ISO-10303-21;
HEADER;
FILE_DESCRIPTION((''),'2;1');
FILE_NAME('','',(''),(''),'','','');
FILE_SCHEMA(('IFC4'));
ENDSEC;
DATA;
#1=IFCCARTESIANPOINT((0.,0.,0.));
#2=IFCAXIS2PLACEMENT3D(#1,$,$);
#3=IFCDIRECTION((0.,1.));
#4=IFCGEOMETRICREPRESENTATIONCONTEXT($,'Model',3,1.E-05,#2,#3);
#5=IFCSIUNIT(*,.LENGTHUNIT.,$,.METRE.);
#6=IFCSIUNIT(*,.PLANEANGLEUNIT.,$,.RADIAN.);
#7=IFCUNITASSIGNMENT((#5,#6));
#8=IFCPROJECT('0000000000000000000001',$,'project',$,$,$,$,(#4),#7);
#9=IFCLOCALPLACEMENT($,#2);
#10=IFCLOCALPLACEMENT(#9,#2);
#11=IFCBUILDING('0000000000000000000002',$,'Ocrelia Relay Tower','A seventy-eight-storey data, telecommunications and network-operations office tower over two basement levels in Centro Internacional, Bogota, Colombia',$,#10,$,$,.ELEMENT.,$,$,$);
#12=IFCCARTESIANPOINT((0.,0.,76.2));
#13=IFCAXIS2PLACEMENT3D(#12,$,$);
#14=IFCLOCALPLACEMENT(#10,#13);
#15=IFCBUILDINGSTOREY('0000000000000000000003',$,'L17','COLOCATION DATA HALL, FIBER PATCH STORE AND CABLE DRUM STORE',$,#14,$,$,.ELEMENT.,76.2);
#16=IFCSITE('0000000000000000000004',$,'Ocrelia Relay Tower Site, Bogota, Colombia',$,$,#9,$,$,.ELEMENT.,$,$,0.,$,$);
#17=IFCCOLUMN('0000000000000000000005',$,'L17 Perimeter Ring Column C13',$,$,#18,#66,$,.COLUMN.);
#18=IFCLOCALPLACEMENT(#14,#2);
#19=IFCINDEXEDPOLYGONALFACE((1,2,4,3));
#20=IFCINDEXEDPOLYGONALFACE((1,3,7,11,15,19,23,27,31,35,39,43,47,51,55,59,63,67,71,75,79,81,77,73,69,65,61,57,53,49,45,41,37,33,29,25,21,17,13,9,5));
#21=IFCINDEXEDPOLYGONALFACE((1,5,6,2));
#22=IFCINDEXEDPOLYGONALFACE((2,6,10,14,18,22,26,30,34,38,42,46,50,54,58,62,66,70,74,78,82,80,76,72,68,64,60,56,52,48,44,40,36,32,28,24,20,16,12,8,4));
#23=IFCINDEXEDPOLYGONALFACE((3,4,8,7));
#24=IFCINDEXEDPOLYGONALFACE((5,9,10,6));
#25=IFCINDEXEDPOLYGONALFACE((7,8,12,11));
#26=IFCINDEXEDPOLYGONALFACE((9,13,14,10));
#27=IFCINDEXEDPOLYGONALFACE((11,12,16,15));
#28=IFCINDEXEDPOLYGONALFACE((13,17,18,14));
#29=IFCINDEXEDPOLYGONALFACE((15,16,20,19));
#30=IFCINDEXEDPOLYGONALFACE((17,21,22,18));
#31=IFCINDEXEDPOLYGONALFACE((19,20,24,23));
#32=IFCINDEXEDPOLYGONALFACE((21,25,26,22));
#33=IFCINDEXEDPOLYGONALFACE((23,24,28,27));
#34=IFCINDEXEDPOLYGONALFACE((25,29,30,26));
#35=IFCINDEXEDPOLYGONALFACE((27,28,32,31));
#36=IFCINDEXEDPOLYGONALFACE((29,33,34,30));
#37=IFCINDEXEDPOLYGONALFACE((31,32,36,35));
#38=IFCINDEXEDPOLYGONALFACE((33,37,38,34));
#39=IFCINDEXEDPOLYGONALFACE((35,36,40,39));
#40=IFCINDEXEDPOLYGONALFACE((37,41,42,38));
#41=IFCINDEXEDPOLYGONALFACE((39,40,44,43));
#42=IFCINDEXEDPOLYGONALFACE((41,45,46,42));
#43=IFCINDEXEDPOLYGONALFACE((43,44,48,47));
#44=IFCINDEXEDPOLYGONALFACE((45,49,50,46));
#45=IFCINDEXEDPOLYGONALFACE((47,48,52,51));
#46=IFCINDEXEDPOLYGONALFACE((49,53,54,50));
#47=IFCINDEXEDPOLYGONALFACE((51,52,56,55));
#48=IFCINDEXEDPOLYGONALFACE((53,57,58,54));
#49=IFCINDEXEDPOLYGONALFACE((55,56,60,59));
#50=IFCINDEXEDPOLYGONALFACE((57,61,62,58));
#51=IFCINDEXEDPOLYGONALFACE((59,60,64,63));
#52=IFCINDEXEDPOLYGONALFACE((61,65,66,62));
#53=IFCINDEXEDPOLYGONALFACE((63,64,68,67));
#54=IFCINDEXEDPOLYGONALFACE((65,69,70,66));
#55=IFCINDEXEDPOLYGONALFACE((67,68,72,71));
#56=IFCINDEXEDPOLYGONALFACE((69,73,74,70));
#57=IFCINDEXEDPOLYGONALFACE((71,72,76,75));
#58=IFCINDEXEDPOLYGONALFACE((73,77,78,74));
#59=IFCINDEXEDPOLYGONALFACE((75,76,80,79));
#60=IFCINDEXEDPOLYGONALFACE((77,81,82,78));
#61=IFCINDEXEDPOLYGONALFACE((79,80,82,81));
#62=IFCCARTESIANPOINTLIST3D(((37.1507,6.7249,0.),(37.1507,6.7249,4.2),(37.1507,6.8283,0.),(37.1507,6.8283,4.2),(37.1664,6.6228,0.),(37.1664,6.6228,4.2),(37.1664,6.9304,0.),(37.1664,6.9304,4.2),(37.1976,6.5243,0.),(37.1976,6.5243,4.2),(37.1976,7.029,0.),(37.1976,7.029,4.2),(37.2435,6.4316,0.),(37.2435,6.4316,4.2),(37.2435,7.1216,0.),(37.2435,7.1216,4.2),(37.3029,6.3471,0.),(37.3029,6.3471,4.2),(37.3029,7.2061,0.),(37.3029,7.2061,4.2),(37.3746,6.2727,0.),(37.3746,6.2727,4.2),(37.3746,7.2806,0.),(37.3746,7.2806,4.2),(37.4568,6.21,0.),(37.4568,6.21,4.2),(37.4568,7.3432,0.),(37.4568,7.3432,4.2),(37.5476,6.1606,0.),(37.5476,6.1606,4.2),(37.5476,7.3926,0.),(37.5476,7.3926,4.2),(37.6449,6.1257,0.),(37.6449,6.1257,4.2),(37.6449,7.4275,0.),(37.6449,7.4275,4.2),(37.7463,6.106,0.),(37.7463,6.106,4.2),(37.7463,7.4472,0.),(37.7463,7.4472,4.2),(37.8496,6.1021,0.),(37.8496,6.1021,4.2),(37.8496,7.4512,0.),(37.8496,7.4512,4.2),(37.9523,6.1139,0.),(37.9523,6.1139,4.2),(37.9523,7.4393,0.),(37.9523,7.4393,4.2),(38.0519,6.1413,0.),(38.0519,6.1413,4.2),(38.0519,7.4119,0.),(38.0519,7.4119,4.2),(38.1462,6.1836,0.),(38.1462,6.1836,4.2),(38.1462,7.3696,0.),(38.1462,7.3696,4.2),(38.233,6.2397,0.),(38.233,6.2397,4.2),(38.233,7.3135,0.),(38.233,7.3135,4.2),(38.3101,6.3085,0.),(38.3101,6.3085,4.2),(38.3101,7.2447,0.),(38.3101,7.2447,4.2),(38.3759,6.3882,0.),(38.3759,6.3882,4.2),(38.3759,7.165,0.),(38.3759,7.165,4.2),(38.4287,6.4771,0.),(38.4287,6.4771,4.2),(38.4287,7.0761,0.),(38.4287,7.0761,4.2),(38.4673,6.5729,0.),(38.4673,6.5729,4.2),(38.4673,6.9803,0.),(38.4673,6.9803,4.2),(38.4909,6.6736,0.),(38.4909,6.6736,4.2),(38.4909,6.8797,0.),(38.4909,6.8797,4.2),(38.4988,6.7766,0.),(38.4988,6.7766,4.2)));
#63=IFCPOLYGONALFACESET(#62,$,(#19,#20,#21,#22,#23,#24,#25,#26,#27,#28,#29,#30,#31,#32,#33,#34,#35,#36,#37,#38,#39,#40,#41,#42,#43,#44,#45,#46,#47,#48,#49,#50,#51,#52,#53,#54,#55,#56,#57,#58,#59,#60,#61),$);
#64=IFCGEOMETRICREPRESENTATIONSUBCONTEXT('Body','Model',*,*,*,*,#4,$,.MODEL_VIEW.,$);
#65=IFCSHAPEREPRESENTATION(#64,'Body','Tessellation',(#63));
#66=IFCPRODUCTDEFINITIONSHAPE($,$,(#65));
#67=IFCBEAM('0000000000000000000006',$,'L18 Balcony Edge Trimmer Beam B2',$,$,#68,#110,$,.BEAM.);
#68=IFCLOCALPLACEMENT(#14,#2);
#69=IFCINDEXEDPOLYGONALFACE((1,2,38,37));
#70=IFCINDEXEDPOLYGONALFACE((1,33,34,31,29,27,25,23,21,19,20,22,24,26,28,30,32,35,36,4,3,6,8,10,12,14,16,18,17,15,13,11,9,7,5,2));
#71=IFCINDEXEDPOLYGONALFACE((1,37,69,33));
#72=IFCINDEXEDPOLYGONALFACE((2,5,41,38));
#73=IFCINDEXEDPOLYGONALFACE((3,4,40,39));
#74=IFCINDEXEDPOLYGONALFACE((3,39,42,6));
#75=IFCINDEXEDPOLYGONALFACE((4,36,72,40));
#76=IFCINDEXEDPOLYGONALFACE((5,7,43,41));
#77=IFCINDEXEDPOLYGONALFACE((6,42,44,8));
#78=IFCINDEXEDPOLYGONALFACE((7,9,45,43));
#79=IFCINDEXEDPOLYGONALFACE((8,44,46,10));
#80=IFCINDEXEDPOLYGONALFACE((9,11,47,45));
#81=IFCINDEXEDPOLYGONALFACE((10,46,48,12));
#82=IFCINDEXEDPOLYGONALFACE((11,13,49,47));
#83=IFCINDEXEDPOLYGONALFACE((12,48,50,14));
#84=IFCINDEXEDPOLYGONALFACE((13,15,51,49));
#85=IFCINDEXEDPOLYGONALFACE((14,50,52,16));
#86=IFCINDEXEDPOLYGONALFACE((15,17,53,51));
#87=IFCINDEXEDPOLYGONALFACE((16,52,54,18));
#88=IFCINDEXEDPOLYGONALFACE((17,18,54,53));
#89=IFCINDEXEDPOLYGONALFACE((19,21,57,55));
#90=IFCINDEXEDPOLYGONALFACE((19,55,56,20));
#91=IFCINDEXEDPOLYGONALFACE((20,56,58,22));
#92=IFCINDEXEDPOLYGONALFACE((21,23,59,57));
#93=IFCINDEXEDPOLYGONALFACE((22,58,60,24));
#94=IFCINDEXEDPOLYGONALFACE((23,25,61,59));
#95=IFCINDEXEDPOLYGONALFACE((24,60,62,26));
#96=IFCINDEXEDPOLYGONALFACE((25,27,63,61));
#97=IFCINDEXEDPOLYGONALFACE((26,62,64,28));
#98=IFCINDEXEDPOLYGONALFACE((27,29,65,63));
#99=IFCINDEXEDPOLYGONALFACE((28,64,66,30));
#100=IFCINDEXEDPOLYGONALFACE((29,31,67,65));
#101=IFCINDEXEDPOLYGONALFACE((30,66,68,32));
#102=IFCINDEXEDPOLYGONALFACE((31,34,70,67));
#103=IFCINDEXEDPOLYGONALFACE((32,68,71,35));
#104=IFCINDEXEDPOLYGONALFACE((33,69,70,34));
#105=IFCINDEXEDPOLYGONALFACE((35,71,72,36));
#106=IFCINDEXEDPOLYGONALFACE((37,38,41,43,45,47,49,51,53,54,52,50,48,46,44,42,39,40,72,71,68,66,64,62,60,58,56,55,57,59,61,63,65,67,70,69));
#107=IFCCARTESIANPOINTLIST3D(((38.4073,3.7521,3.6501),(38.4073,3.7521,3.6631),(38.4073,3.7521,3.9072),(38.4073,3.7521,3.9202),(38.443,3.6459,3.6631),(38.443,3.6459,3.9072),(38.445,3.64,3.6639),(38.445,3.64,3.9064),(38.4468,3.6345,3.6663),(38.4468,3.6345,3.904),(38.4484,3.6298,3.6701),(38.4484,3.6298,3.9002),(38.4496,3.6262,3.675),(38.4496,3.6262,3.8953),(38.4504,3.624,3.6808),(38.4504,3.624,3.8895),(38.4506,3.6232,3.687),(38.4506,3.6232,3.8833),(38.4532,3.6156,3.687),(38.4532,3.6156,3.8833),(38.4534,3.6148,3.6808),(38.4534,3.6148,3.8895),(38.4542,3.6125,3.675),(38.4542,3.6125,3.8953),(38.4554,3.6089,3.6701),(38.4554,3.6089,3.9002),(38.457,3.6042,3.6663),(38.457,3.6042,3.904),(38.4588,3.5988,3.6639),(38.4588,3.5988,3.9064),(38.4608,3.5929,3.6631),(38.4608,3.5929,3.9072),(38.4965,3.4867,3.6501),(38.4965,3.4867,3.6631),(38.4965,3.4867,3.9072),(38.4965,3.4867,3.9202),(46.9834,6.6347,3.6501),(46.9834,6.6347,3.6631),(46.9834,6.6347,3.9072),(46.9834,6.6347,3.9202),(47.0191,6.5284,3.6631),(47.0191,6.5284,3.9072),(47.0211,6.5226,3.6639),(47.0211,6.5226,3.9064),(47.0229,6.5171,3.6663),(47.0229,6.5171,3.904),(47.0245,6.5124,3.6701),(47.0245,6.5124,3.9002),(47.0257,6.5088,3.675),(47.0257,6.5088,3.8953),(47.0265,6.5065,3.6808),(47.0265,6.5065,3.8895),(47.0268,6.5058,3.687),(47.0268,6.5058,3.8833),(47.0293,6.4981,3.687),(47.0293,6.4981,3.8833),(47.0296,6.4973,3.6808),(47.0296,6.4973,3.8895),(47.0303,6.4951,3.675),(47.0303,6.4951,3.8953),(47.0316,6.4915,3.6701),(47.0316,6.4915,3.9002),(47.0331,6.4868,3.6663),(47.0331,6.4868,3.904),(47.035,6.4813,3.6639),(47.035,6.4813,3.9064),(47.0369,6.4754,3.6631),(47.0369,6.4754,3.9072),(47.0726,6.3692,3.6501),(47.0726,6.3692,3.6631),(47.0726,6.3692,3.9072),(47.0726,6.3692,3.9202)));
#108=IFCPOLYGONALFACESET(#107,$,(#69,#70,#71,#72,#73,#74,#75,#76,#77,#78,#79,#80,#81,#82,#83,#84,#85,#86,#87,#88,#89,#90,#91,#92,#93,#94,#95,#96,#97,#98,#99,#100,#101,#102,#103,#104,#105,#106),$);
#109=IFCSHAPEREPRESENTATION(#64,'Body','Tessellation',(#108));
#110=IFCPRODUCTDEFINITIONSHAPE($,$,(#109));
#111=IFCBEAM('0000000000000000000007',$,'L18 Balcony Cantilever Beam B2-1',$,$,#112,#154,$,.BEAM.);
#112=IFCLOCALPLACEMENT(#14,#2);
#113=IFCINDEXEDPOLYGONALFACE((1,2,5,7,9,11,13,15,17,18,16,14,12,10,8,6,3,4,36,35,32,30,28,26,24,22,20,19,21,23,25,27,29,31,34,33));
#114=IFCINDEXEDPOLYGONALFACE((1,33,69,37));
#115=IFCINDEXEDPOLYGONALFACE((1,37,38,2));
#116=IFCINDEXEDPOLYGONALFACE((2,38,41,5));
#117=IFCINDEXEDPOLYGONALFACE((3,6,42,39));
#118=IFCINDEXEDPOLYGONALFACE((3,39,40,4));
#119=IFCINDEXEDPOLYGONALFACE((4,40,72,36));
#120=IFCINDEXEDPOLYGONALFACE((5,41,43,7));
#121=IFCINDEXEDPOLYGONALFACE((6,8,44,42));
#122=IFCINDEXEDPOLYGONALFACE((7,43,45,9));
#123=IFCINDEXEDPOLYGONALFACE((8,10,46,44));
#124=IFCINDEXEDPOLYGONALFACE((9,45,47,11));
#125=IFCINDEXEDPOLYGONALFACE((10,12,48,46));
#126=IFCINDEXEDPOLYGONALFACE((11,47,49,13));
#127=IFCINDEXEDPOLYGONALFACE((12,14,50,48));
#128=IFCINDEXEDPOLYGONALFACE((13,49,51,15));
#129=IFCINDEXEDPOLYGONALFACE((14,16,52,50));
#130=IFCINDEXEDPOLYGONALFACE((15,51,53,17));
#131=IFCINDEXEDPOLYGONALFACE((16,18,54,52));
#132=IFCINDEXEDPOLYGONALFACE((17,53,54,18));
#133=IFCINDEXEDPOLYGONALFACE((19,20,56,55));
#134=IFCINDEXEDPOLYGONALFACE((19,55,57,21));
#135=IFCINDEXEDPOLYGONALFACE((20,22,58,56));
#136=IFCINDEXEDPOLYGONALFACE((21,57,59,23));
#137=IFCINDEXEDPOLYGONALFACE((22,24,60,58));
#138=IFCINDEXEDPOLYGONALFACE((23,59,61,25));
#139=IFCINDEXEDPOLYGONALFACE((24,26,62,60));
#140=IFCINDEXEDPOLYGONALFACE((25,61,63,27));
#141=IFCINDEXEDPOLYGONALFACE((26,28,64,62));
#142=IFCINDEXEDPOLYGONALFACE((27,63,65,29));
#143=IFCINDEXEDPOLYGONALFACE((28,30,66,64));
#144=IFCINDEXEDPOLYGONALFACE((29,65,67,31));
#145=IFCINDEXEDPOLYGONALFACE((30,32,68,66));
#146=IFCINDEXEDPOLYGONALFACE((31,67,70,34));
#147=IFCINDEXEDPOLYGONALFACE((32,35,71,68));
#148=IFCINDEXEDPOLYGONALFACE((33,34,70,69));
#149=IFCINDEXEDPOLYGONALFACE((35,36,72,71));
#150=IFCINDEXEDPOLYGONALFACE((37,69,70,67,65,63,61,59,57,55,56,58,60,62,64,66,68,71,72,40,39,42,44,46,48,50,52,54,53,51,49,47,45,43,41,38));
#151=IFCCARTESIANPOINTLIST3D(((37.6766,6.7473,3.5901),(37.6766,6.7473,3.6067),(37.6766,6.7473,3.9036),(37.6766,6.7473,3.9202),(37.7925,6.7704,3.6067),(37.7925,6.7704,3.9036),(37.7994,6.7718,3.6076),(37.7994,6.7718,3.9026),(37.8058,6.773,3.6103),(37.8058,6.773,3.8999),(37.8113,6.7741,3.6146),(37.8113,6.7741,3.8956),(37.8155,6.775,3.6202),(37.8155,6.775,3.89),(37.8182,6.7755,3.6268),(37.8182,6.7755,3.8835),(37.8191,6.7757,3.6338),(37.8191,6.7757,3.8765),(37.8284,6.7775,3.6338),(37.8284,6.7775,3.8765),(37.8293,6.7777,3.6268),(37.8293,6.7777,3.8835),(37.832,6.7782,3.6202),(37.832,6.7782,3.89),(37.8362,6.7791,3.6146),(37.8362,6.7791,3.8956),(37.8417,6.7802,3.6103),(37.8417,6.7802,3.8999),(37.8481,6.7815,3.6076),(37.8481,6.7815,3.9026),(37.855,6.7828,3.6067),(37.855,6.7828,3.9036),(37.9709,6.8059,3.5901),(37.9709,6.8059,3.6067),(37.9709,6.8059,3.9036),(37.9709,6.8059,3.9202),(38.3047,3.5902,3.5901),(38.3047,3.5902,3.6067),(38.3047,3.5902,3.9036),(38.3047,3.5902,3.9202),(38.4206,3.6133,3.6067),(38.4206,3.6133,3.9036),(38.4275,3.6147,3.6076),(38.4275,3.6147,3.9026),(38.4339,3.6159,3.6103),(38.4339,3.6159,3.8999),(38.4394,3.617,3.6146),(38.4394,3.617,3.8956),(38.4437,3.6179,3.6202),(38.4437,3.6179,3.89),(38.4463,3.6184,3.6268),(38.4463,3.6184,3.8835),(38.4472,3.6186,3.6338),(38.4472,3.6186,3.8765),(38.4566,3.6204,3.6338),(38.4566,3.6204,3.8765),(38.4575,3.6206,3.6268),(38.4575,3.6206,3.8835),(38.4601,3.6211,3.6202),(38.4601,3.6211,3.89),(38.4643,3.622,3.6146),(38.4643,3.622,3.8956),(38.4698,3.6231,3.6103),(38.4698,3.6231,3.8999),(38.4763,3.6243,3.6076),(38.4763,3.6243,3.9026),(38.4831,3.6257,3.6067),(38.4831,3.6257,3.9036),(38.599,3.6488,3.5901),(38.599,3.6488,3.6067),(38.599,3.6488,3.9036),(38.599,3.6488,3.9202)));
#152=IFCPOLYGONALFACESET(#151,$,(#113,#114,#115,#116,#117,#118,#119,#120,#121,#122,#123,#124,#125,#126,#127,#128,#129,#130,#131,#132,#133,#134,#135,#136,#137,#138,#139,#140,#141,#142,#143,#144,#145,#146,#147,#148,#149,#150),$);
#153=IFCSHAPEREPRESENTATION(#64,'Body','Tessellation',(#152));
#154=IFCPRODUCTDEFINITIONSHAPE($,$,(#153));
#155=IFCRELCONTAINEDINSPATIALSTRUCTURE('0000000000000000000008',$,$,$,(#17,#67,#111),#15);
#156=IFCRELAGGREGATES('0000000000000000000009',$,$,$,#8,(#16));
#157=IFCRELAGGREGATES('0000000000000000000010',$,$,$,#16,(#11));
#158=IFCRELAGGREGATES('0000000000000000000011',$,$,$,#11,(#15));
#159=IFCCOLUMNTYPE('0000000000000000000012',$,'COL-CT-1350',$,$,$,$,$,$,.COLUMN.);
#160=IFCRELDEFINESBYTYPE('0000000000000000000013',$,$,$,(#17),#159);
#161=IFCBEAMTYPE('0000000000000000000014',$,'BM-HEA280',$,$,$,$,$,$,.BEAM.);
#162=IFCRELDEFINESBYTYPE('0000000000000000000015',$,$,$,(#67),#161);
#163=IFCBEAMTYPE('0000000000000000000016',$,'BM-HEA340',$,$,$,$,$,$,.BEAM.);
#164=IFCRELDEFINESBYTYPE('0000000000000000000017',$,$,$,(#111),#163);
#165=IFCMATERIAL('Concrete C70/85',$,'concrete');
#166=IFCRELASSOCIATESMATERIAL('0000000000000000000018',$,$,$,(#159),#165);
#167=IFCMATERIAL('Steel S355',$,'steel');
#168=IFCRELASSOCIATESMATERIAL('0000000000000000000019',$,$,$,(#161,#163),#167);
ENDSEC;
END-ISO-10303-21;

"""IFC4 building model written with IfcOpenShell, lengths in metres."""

from ifc_helpers import new_model, si_unit, direction, frame, origin, origin_2d, place, context, subcontext, project, spatial, circle, i_section, extrude, material, material_profile, profile_set, type_object, element, save


model = new_model("IFC4")

# Units and contexts
model_context = context("Model", 3, precision=1e-05, world=origin(), true_north=direction((0.0, 1.0)))
body_context = subcontext(model_context, "Body", "Model", "MODEL_VIEW")
ifc_project = project(units=[si_unit("LENGTHUNIT", "METRE"), si_unit("PLANEANGLEUNIT", "RADIAN")], contexts=[model_context])

# Site, building, storey
site_placement = place(None, origin())
site = spatial("IfcSite", under=ifc_project, at=site_placement, Name="Ocrelia Relay Tower Site, Bogota, Colombia", CompositionType="ELEMENT", RefElevation=0.0)
building_placement = place(site_placement, origin())
building = spatial("IfcBuilding", under=site, at=building_placement, Name="Ocrelia Relay Tower", Description="A seventy-eight-storey data, telecommunications and network-operations office tower over two basement levels in Centro Internacional, Bogota, Colombia", CompositionType="ELEMENT")
storey_placement = place(building_placement, frame((0.0, 0.0, 76.2)))
storey = spatial("IfcBuildingStorey", under=building, at=storey_placement, Name="L17", Description="COLOCATION DATA HALL, FIBER PATCH STORE AND CABLE DRUM STORE", CompositionType="ELEMENT", Elevation=76.2)

# Column
ifc_material_1 = material(Name="Concrete C70/85", Category="concrete")
ifc_material_profile_1 = material_profile(ifc_material_1, circle(Radius=0.675, at=origin_2d()), Name="RC-CIR-1350")
ifc_profile_set_1 = profile_set([ifc_material_profile_1], Name="Concrete C70/85")
column_type = type_object("IfcColumnType", Name="COL-CT-1350", PredefinedType="COLUMN", material=ifc_profile_set_1)
column_placement = place(storey_placement, frame((37.8237, 6.7766, 0.0), z_axis=(0.0, 0.0, 1.0), x_axis=(1.0, 0.0, 0.0)))
element("IfcColumn", 1, at=column_placement, inside=storey, type_object=column_type, Name="L17 Perimeter Ring Column C13", PredefinedType="COLUMN", context=body_context, shape_type="SweptSolid", body=[
    extrude(circle(Radius=0.675, at=origin_2d()), origin(), (0.0, 0.0, 1.0), 4.2),
])

# Beams
ifc_material_2 = material(Name="Steel S355", Category="steel")
ifc_material_profile_2 = material_profile(ifc_material_2, i_section(OverallWidth=0.28, OverallDepth=0.27, WebThickness=0.0081, FlangeThickness=0.0129, FilletRadius=0.0239, at=origin_2d()), Name="HEA 280")
ifc_profile_set_2 = profile_set([ifc_material_profile_2], Name="Steel S355")
beam_type_1 = type_object("IfcBeamType", Name="BM-HEA280", PredefinedType="BEAM", material=ifc_profile_set_2)
beam_1_placement = place(storey_placement, frame((38.4519, 3.6194, 3.7852), z_axis=(0.94789, 0.318599, 0.0), x_axis=(-0.318599, 0.94789, 0.0)))
element("IfcBeam", 2, at=beam_1_placement, inside=storey, type_object=beam_type_1, Name="L18 Balcony Edge Trimmer Beam B2", PredefinedType="BEAM", context=body_context, shape_type="SweptSolid", body=[
    extrude(i_section(OverallWidth=0.28, OverallDepth=0.27, WebThickness=0.0081, FlangeThickness=0.0129, FilletRadius=0.0239, at=origin_2d()), origin(), (0.0, 0.0, 1.0), 9.0476),
])
ifc_material_profile_3 = material_profile(ifc_material_2, i_section(OverallWidth=0.3, OverallDepth=0.3301, WebThickness=0.0095, FlangeThickness=0.0166, FilletRadius=0.0271, at=origin_2d()), Name="HEA 340")
ifc_profile_set_3 = profile_set([ifc_material_profile_3], Name="Steel S355")
beam_type_2 = type_object("IfcBeamType", Name="BM-HEA340", PredefinedType="BEAM", material=ifc_profile_set_3)
beam_2_placement = place(storey_placement, frame((37.8237, 6.7766, 3.7551), z_axis=(0.195139, -0.980776, 0.0), x_axis=(0.980776, 0.195139, 0.0)))
element("IfcBeam", 3, at=beam_2_placement, inside=storey, type_object=beam_type_2, Name="L18 Balcony Cantilever Beam B2-1", PredefinedType="BEAM", context=body_context, shape_type="SweptSolid", body=[
    extrude(i_section(OverallWidth=0.3, OverallDepth=0.3301, WebThickness=0.0095, FlangeThickness=0.0166, FilletRadius=0.0271, at=origin_2d()), origin(), (0.0, 0.0, 1.0), 3.219),
])

save(model, "model.ifc")
